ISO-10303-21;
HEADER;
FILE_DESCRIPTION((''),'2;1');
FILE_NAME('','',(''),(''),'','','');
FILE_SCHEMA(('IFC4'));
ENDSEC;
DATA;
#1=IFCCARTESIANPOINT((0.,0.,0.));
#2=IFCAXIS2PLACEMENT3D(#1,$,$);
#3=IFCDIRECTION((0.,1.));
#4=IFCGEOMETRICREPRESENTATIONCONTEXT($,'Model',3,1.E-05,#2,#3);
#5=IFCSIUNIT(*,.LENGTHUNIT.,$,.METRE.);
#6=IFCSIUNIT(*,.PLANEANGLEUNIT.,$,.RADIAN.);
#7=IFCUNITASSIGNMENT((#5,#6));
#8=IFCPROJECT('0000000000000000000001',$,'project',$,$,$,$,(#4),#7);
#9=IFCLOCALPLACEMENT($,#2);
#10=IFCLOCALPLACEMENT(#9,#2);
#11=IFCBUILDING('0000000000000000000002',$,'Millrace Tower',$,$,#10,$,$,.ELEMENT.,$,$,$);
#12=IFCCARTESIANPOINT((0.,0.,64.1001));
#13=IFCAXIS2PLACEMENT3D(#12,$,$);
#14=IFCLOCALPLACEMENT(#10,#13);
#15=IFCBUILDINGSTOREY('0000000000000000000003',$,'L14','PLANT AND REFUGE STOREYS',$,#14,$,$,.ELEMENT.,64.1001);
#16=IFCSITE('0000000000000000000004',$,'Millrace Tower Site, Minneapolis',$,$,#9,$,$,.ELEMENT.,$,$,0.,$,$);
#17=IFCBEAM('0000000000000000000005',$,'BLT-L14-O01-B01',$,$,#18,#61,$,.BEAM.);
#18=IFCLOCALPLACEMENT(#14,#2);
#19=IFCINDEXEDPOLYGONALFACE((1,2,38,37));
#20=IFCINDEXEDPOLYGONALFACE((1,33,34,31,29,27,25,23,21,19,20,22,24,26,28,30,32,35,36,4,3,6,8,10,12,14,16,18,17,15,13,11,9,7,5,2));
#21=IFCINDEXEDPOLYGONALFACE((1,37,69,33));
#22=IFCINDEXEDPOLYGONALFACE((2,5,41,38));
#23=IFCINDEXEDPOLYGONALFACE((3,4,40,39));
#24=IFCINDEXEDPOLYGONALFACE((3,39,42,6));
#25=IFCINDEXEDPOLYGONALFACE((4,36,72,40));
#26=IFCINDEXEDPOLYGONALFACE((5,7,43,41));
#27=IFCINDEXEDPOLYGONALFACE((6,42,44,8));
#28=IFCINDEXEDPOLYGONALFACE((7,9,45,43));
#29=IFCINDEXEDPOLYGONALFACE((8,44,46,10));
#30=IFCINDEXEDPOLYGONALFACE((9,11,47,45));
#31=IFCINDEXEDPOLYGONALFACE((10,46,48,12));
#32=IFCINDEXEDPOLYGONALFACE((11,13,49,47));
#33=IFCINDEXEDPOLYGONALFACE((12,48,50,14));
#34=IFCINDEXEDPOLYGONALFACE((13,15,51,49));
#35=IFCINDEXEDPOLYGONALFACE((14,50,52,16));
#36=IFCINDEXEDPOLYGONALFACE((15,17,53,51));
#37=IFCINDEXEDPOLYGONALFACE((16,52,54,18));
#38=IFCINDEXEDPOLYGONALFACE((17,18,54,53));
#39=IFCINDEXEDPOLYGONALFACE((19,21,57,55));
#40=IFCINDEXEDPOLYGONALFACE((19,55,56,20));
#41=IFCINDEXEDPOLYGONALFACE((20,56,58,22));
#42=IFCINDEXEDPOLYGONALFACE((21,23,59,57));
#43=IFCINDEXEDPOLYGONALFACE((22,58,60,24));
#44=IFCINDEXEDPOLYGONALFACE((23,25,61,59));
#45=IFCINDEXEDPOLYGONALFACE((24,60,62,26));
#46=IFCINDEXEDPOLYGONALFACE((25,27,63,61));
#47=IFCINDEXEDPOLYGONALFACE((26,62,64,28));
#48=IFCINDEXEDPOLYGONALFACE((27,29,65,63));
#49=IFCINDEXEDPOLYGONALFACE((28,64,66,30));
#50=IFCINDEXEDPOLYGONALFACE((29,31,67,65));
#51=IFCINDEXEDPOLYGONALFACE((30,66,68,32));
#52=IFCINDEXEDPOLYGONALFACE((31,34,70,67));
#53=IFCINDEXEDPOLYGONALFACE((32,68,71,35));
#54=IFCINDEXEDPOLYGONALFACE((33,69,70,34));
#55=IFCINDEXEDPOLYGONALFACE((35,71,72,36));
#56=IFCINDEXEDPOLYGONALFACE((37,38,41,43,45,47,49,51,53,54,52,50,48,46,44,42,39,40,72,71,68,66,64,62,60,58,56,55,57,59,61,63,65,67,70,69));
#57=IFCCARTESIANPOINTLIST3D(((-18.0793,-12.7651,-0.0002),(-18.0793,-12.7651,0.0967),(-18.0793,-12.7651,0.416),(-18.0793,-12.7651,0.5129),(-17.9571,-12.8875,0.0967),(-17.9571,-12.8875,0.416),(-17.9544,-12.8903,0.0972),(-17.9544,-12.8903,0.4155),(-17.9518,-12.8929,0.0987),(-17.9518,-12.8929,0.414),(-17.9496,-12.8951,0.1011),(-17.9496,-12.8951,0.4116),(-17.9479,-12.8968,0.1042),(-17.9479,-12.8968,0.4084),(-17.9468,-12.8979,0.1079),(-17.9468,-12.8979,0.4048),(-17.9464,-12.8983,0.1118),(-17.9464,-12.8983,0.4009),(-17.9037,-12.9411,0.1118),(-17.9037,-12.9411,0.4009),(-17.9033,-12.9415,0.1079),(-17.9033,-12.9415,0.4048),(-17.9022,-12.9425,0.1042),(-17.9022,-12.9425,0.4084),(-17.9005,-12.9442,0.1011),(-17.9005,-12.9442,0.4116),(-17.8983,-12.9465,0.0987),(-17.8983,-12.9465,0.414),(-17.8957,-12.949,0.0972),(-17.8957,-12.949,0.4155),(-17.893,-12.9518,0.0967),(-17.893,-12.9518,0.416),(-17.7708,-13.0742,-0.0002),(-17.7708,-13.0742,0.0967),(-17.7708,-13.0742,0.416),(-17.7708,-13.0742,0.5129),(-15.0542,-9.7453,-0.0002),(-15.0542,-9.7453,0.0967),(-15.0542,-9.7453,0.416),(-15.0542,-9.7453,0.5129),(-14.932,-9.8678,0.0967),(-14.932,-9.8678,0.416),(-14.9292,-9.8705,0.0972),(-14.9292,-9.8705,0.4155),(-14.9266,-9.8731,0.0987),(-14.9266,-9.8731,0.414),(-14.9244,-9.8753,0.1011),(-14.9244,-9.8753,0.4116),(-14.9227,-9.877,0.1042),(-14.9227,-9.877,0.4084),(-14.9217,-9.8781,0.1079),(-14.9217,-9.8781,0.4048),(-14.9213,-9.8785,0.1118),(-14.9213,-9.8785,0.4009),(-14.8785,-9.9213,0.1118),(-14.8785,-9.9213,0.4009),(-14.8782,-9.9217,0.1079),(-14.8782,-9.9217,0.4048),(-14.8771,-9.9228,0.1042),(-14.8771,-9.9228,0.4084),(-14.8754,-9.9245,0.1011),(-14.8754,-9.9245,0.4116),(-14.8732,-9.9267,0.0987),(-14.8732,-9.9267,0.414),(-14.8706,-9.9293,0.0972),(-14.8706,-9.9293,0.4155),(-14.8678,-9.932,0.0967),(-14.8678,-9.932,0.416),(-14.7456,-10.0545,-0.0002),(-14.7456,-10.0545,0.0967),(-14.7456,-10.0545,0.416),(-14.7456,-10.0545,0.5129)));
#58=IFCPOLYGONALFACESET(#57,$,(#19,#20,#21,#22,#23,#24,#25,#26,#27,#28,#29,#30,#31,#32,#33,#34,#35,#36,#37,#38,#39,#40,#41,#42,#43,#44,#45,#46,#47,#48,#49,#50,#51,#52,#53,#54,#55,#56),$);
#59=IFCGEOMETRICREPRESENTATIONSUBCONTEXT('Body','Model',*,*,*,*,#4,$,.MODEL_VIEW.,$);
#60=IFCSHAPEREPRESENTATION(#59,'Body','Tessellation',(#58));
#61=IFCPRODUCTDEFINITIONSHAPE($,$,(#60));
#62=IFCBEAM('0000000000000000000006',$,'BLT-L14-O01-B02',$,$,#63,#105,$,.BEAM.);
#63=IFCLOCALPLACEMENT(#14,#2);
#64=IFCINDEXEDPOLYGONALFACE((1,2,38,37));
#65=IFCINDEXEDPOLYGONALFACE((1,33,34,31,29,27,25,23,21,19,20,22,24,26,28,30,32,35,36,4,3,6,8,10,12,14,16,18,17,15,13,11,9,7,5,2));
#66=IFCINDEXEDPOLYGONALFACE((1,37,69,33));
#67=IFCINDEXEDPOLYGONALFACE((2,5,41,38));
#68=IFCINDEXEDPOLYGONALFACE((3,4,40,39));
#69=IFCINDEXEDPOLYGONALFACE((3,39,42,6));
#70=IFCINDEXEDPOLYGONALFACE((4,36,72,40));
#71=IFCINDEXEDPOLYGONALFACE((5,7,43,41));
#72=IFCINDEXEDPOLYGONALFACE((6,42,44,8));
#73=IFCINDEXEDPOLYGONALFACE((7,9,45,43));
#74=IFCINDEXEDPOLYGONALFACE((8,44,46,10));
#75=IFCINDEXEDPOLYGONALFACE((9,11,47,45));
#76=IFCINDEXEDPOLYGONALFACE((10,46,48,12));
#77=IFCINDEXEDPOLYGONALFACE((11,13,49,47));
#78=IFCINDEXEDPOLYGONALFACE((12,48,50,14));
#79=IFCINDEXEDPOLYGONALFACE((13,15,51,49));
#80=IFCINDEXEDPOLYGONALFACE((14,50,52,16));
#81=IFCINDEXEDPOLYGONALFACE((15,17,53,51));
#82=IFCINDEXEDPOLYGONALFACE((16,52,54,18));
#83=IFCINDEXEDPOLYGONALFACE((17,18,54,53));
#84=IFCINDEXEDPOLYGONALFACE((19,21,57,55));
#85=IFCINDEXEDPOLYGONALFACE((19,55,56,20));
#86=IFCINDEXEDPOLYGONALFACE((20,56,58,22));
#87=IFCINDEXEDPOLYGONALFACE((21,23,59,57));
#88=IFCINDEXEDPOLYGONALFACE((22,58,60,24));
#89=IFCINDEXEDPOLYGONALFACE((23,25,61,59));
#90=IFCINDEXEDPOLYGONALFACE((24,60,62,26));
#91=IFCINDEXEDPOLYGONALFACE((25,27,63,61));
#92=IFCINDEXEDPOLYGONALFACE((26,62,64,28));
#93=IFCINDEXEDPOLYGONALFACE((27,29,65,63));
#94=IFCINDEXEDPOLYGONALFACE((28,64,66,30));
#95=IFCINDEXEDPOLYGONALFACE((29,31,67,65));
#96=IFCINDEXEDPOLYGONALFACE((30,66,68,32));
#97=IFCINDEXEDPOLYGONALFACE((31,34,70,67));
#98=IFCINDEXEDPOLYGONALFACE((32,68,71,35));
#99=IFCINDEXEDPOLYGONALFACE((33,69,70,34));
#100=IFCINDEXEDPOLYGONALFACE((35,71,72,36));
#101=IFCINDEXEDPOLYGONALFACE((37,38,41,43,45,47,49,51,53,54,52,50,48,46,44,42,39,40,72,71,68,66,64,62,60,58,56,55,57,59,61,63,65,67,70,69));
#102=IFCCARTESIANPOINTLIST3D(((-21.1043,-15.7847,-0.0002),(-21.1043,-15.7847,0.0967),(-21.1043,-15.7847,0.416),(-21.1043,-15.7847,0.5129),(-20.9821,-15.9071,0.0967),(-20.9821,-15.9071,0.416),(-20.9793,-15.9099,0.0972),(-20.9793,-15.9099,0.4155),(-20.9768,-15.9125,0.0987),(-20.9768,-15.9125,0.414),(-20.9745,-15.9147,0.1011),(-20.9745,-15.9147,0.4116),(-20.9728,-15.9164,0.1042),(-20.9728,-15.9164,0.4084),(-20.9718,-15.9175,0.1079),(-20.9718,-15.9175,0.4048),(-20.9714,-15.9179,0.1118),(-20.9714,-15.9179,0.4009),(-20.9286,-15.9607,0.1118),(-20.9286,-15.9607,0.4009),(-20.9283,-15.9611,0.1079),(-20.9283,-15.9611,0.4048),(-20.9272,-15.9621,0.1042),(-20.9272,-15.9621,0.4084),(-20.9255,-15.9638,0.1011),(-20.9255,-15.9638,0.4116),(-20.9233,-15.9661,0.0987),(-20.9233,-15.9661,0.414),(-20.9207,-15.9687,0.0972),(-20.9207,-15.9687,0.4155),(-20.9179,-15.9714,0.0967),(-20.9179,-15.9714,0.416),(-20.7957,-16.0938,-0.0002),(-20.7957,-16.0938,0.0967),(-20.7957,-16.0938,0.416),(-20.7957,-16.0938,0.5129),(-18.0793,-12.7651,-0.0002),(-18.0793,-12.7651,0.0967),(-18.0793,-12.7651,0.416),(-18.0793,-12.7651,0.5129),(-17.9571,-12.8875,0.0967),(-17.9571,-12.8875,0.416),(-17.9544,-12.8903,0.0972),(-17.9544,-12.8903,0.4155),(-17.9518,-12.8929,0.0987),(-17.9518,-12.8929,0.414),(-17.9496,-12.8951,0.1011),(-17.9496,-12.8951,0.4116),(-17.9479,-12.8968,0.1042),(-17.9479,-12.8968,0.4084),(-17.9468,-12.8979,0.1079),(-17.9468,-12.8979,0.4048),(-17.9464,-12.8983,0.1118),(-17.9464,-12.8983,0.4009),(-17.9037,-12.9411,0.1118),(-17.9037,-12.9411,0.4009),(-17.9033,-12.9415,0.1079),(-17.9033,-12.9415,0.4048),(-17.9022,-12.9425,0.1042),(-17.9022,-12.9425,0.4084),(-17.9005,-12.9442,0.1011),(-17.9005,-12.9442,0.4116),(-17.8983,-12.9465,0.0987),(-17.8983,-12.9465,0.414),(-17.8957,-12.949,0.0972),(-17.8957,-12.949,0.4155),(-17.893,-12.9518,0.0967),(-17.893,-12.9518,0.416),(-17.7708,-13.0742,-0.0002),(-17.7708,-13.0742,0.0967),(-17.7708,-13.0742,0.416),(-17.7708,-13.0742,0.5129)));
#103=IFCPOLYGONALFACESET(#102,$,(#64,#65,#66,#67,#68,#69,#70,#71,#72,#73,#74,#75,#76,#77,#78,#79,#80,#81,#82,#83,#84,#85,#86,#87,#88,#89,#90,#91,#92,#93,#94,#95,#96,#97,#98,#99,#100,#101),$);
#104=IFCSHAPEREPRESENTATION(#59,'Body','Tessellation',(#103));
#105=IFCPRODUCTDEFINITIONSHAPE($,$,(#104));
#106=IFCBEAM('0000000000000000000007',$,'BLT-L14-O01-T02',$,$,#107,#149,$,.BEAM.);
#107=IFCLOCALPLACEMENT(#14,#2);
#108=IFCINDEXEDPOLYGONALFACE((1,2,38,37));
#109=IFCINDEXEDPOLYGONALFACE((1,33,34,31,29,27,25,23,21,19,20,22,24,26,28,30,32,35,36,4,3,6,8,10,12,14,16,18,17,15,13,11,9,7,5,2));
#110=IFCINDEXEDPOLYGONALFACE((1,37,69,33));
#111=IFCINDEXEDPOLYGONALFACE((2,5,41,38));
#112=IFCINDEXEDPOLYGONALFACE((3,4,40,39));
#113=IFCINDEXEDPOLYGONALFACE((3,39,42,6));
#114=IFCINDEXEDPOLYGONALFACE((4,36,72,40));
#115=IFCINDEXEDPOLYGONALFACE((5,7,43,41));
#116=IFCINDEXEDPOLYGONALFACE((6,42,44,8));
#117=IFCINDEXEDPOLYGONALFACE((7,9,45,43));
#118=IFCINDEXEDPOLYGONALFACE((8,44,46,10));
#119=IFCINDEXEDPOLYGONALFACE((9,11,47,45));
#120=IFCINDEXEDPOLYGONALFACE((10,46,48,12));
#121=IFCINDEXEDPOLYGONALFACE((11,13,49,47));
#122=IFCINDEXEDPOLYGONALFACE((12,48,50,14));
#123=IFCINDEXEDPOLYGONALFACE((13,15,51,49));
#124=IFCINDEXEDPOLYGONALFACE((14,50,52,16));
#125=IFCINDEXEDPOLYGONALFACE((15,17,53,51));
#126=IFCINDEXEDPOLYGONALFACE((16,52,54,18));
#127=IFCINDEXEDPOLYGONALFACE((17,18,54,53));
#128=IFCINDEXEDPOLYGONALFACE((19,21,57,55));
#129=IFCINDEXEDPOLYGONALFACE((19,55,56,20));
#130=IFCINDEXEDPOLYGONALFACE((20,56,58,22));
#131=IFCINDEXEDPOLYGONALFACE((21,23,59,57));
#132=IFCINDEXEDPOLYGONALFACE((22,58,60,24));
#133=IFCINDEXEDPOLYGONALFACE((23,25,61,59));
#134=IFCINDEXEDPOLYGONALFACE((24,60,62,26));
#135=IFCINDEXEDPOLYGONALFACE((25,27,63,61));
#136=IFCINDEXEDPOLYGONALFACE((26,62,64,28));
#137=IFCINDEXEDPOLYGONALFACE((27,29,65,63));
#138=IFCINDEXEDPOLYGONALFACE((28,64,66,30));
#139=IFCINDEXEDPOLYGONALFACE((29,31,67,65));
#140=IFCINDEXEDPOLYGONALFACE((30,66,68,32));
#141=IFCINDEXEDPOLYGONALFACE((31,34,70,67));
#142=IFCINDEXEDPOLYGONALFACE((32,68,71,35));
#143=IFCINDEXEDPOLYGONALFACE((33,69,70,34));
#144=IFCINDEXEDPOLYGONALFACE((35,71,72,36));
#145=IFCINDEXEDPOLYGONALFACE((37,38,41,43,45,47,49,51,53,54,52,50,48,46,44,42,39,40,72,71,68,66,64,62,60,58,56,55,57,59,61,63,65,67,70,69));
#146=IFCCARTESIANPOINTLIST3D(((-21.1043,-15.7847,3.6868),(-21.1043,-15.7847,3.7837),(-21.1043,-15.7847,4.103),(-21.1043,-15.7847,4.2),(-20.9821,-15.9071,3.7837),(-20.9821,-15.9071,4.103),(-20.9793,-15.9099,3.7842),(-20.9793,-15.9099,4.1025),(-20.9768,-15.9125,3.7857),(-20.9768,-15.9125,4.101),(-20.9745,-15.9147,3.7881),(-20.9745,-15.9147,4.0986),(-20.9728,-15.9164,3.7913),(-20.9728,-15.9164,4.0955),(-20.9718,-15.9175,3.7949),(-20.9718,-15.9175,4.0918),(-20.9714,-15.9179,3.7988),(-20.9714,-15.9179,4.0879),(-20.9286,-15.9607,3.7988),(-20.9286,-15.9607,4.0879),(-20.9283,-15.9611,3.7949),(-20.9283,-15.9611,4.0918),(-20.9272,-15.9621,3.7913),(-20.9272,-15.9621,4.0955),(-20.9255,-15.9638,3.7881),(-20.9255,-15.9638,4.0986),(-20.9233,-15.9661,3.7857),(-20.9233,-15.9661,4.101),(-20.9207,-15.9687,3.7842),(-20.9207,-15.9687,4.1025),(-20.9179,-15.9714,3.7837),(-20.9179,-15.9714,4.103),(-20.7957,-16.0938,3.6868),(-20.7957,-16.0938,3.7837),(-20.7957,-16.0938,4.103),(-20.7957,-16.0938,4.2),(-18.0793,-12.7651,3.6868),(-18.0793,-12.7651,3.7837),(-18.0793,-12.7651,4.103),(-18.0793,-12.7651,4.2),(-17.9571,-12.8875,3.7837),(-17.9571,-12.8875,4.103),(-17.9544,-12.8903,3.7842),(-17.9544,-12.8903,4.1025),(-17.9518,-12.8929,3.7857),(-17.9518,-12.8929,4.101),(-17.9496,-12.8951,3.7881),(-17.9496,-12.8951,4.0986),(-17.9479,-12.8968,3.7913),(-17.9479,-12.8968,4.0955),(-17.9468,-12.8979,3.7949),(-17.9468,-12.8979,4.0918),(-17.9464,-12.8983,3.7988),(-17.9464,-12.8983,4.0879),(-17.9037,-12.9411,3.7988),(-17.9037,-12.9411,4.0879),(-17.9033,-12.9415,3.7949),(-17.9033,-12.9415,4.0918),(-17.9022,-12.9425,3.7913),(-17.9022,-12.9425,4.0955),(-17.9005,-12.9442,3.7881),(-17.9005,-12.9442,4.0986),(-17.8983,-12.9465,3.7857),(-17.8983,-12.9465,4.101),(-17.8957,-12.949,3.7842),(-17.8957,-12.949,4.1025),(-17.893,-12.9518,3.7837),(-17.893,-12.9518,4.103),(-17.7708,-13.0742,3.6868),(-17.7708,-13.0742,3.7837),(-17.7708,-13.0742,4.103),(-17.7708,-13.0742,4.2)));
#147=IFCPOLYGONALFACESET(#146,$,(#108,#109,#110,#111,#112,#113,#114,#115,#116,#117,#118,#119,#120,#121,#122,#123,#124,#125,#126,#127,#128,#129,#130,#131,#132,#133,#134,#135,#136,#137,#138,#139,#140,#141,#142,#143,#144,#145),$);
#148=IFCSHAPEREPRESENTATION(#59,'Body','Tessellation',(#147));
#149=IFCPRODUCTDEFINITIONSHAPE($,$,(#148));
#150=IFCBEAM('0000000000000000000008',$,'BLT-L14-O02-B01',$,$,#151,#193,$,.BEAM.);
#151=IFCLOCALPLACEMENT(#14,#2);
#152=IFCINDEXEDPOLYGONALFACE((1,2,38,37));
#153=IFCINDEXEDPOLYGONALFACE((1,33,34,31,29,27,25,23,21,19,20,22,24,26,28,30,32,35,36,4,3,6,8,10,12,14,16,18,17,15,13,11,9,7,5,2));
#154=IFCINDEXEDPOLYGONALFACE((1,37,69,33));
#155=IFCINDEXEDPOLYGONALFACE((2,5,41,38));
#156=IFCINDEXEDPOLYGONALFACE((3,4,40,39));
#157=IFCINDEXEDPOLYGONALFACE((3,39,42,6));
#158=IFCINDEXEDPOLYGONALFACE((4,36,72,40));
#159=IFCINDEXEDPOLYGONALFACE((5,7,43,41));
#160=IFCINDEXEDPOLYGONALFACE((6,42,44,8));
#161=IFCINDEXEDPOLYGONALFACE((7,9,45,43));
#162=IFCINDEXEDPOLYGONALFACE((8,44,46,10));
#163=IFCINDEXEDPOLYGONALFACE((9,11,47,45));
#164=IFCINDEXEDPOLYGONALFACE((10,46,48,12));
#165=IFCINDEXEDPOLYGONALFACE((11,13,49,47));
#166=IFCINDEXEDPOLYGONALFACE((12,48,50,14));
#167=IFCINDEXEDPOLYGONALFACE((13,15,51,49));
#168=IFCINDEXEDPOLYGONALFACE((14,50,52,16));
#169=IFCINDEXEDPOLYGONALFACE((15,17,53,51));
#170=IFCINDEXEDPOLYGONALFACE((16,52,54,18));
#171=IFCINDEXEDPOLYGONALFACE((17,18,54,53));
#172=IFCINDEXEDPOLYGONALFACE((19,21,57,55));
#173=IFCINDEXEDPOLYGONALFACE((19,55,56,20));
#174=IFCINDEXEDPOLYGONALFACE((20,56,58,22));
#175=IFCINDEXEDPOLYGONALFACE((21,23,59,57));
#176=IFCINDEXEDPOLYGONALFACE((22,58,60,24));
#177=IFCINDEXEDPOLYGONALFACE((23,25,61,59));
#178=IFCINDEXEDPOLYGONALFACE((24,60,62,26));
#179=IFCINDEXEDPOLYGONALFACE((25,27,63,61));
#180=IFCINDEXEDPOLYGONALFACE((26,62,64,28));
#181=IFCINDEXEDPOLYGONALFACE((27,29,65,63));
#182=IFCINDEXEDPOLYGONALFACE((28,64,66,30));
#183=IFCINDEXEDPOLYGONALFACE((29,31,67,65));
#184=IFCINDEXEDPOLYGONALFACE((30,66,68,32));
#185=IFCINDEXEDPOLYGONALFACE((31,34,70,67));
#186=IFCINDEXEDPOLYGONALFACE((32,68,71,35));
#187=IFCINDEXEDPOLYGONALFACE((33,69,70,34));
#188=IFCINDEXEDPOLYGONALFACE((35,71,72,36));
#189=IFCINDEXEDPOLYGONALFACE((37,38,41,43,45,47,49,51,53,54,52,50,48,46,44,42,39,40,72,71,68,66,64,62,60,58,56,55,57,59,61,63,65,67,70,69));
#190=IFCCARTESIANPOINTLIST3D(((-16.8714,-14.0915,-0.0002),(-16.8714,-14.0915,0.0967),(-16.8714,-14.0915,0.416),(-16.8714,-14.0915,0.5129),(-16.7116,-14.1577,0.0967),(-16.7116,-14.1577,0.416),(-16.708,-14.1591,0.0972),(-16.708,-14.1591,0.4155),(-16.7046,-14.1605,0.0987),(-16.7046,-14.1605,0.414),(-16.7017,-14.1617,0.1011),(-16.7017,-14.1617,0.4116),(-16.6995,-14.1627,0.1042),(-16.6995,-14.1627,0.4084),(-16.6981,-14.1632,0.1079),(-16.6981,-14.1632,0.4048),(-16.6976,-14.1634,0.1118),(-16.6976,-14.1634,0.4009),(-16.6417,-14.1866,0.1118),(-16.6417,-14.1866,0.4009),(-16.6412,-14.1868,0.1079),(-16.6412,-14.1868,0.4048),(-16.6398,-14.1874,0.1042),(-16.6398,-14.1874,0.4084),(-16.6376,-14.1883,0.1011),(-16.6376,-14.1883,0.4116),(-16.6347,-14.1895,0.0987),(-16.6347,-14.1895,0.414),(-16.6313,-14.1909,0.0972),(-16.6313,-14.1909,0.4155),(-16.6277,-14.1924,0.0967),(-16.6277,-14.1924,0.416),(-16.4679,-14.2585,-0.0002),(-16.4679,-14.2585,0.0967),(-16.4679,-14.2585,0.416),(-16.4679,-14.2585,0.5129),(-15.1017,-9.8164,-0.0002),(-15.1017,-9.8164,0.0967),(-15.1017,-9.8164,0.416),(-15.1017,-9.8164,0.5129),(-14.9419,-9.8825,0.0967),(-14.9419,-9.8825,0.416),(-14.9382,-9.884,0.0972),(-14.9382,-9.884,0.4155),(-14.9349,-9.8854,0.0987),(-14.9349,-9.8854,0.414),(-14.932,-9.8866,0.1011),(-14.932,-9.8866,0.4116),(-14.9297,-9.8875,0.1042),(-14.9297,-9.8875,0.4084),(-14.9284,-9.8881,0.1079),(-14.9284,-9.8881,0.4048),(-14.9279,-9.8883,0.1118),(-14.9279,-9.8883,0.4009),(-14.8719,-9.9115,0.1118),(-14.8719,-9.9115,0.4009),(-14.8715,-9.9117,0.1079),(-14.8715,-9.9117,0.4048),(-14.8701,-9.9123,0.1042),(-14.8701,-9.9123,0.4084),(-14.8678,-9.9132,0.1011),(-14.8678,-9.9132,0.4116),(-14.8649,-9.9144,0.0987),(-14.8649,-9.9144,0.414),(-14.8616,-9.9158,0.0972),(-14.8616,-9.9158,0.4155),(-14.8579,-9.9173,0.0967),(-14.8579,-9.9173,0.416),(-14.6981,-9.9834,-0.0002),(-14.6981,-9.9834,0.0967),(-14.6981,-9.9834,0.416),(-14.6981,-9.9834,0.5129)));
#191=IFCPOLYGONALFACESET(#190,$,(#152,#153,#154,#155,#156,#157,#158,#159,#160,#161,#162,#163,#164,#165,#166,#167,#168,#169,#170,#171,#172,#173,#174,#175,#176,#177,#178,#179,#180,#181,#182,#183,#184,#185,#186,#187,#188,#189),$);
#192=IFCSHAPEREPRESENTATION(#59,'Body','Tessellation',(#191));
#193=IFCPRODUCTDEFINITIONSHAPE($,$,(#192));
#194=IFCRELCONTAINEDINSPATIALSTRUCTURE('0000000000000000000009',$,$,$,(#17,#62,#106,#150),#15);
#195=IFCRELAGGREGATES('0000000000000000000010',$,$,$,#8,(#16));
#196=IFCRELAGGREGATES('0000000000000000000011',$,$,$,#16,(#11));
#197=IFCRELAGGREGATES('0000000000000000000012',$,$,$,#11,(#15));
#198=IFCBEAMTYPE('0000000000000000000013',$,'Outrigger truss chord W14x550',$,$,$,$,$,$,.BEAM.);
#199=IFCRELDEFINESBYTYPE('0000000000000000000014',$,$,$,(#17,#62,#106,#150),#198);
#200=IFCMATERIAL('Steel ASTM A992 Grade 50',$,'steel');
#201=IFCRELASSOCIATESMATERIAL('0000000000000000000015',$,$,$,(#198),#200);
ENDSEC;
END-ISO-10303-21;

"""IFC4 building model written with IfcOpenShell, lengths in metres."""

from ifc_helpers import new_model, si_unit, direction, frame, origin, origin_2d, place, context, subcontext, project, spatial, i_section, extrude, material, material_profile, profile_set, type_object, element, save


model = new_model("IFC4")

# Units and contexts
model_context = context("Model", 3, precision=1e-05, world=origin(), true_north=direction((0.0, 1.0)))
body_context = subcontext(model_context, "Body", "Model", "MODEL_VIEW")
ifc_project = project(units=[si_unit("LENGTHUNIT", "METRE"), si_unit("PLANEANGLEUNIT", "RADIAN")], contexts=[model_context])

# Site, building, storey
site_placement = place(None, origin())
site = spatial("IfcSite", under=ifc_project, at=site_placement, Name="Millrace Tower Site, Minneapolis", CompositionType="ELEMENT", RefElevation=0.0)
building_placement = place(site_placement, origin())
building = spatial("IfcBuilding", under=site, at=building_placement, Name="Millrace Tower", CompositionType="ELEMENT")
storey_placement = place(building_placement, frame((0.0, 0.0, 64.1001)))
storey = spatial("IfcBuildingStorey", under=building, at=storey_placement, Name="L14", Description="PLANT AND REFUGE STOREYS", CompositionType="ELEMENT", Elevation=64.1001)

# Beams
ifc_material_1 = material(Name="Steel ASTM A992 Grade 50", Category="steel")
ifc_material_profile_1 = material_profile(ifc_material_1, i_section(OverallWidth=0.4368, OverallDepth=0.5132, WebThickness=0.0605, FlangeThickness=0.0969, FilletRadius=0.0151, at=origin_2d()))
ifc_profile_set_1 = profile_set([ifc_material_profile_1], Name="Steel ASTM A992 Grade 50")
beam_type = type_object("IfcBeamType", Name="Outrigger truss chord W14x550", PredefinedType="BEAM", material=ifc_profile_set_1)
beam_1_placement = place(storey_placement, frame((-14.8999, -9.8999, 0.2563), z_axis=(-0.707735, -0.706478, 0.0), x_axis=(0.706478, -0.707735, 0.0)))
element("IfcBeam", 1, at=beam_1_placement, inside=storey, type_object=beam_type, Name="BLT-L14-O01-B01", PredefinedType="BEAM", context=body_context, shape_type="SweptSolid", body=[
    extrude(i_section(OverallWidth=0.4368, OverallDepth=0.5132, WebThickness=0.0605, FlangeThickness=0.0969, FilletRadius=0.0151, at=origin_2d()), origin(), (0.0, 0.0, 1.0), 4.2744),
])
for number, where, z_axis, x_axis, name in (
    (2, (-17.925, -12.9197, 0.2563), (-0.707735, -0.706478, 0.0), (0.706478, -0.707735, 0.0), "BLT-L14-O01-B02"),
    (3, (-17.925, -12.9197, 3.9434), (-0.707735, -0.706478, 0.0), (0.706478, -0.707735, 0.0), "BLT-L14-O01-T02"),
):
    element("IfcBeam", number, at=place(storey_placement, frame(where, z_axis=z_axis, x_axis=x_axis)), inside=storey, type_object=beam_type, Name=name, PredefinedType="BEAM", context=body_context, shape_type="SweptSolid", body=[
        extrude(i_section(OverallWidth=0.4368, OverallDepth=0.5132, WebThickness=0.0605, FlangeThickness=0.0969, FilletRadius=0.0151, at=origin_2d()), origin(), (0.0, 0.0, 1.0), 4.2742),
    ])
beam_2_placement = place(storey_placement, frame((-14.8999, -9.8999, 0.2563), z_axis=(-0.38249, -0.92396, 0.0), x_axis=(0.92396, -0.38249, 0.0)))
element("IfcBeam", 4, at=beam_2_placement, inside=storey, type_object=beam_type, Name="BLT-L14-O02-B01", PredefinedType="BEAM", context=body_context, shape_type="SweptSolid", body=[
    extrude(i_section(OverallWidth=0.4368, OverallDepth=0.5132, WebThickness=0.0605, FlangeThickness=0.0969, FilletRadius=0.0151, at=origin_2d()), origin(), (0.0, 0.0, 1.0), 4.627),
])

save(model, "model.ifc")
